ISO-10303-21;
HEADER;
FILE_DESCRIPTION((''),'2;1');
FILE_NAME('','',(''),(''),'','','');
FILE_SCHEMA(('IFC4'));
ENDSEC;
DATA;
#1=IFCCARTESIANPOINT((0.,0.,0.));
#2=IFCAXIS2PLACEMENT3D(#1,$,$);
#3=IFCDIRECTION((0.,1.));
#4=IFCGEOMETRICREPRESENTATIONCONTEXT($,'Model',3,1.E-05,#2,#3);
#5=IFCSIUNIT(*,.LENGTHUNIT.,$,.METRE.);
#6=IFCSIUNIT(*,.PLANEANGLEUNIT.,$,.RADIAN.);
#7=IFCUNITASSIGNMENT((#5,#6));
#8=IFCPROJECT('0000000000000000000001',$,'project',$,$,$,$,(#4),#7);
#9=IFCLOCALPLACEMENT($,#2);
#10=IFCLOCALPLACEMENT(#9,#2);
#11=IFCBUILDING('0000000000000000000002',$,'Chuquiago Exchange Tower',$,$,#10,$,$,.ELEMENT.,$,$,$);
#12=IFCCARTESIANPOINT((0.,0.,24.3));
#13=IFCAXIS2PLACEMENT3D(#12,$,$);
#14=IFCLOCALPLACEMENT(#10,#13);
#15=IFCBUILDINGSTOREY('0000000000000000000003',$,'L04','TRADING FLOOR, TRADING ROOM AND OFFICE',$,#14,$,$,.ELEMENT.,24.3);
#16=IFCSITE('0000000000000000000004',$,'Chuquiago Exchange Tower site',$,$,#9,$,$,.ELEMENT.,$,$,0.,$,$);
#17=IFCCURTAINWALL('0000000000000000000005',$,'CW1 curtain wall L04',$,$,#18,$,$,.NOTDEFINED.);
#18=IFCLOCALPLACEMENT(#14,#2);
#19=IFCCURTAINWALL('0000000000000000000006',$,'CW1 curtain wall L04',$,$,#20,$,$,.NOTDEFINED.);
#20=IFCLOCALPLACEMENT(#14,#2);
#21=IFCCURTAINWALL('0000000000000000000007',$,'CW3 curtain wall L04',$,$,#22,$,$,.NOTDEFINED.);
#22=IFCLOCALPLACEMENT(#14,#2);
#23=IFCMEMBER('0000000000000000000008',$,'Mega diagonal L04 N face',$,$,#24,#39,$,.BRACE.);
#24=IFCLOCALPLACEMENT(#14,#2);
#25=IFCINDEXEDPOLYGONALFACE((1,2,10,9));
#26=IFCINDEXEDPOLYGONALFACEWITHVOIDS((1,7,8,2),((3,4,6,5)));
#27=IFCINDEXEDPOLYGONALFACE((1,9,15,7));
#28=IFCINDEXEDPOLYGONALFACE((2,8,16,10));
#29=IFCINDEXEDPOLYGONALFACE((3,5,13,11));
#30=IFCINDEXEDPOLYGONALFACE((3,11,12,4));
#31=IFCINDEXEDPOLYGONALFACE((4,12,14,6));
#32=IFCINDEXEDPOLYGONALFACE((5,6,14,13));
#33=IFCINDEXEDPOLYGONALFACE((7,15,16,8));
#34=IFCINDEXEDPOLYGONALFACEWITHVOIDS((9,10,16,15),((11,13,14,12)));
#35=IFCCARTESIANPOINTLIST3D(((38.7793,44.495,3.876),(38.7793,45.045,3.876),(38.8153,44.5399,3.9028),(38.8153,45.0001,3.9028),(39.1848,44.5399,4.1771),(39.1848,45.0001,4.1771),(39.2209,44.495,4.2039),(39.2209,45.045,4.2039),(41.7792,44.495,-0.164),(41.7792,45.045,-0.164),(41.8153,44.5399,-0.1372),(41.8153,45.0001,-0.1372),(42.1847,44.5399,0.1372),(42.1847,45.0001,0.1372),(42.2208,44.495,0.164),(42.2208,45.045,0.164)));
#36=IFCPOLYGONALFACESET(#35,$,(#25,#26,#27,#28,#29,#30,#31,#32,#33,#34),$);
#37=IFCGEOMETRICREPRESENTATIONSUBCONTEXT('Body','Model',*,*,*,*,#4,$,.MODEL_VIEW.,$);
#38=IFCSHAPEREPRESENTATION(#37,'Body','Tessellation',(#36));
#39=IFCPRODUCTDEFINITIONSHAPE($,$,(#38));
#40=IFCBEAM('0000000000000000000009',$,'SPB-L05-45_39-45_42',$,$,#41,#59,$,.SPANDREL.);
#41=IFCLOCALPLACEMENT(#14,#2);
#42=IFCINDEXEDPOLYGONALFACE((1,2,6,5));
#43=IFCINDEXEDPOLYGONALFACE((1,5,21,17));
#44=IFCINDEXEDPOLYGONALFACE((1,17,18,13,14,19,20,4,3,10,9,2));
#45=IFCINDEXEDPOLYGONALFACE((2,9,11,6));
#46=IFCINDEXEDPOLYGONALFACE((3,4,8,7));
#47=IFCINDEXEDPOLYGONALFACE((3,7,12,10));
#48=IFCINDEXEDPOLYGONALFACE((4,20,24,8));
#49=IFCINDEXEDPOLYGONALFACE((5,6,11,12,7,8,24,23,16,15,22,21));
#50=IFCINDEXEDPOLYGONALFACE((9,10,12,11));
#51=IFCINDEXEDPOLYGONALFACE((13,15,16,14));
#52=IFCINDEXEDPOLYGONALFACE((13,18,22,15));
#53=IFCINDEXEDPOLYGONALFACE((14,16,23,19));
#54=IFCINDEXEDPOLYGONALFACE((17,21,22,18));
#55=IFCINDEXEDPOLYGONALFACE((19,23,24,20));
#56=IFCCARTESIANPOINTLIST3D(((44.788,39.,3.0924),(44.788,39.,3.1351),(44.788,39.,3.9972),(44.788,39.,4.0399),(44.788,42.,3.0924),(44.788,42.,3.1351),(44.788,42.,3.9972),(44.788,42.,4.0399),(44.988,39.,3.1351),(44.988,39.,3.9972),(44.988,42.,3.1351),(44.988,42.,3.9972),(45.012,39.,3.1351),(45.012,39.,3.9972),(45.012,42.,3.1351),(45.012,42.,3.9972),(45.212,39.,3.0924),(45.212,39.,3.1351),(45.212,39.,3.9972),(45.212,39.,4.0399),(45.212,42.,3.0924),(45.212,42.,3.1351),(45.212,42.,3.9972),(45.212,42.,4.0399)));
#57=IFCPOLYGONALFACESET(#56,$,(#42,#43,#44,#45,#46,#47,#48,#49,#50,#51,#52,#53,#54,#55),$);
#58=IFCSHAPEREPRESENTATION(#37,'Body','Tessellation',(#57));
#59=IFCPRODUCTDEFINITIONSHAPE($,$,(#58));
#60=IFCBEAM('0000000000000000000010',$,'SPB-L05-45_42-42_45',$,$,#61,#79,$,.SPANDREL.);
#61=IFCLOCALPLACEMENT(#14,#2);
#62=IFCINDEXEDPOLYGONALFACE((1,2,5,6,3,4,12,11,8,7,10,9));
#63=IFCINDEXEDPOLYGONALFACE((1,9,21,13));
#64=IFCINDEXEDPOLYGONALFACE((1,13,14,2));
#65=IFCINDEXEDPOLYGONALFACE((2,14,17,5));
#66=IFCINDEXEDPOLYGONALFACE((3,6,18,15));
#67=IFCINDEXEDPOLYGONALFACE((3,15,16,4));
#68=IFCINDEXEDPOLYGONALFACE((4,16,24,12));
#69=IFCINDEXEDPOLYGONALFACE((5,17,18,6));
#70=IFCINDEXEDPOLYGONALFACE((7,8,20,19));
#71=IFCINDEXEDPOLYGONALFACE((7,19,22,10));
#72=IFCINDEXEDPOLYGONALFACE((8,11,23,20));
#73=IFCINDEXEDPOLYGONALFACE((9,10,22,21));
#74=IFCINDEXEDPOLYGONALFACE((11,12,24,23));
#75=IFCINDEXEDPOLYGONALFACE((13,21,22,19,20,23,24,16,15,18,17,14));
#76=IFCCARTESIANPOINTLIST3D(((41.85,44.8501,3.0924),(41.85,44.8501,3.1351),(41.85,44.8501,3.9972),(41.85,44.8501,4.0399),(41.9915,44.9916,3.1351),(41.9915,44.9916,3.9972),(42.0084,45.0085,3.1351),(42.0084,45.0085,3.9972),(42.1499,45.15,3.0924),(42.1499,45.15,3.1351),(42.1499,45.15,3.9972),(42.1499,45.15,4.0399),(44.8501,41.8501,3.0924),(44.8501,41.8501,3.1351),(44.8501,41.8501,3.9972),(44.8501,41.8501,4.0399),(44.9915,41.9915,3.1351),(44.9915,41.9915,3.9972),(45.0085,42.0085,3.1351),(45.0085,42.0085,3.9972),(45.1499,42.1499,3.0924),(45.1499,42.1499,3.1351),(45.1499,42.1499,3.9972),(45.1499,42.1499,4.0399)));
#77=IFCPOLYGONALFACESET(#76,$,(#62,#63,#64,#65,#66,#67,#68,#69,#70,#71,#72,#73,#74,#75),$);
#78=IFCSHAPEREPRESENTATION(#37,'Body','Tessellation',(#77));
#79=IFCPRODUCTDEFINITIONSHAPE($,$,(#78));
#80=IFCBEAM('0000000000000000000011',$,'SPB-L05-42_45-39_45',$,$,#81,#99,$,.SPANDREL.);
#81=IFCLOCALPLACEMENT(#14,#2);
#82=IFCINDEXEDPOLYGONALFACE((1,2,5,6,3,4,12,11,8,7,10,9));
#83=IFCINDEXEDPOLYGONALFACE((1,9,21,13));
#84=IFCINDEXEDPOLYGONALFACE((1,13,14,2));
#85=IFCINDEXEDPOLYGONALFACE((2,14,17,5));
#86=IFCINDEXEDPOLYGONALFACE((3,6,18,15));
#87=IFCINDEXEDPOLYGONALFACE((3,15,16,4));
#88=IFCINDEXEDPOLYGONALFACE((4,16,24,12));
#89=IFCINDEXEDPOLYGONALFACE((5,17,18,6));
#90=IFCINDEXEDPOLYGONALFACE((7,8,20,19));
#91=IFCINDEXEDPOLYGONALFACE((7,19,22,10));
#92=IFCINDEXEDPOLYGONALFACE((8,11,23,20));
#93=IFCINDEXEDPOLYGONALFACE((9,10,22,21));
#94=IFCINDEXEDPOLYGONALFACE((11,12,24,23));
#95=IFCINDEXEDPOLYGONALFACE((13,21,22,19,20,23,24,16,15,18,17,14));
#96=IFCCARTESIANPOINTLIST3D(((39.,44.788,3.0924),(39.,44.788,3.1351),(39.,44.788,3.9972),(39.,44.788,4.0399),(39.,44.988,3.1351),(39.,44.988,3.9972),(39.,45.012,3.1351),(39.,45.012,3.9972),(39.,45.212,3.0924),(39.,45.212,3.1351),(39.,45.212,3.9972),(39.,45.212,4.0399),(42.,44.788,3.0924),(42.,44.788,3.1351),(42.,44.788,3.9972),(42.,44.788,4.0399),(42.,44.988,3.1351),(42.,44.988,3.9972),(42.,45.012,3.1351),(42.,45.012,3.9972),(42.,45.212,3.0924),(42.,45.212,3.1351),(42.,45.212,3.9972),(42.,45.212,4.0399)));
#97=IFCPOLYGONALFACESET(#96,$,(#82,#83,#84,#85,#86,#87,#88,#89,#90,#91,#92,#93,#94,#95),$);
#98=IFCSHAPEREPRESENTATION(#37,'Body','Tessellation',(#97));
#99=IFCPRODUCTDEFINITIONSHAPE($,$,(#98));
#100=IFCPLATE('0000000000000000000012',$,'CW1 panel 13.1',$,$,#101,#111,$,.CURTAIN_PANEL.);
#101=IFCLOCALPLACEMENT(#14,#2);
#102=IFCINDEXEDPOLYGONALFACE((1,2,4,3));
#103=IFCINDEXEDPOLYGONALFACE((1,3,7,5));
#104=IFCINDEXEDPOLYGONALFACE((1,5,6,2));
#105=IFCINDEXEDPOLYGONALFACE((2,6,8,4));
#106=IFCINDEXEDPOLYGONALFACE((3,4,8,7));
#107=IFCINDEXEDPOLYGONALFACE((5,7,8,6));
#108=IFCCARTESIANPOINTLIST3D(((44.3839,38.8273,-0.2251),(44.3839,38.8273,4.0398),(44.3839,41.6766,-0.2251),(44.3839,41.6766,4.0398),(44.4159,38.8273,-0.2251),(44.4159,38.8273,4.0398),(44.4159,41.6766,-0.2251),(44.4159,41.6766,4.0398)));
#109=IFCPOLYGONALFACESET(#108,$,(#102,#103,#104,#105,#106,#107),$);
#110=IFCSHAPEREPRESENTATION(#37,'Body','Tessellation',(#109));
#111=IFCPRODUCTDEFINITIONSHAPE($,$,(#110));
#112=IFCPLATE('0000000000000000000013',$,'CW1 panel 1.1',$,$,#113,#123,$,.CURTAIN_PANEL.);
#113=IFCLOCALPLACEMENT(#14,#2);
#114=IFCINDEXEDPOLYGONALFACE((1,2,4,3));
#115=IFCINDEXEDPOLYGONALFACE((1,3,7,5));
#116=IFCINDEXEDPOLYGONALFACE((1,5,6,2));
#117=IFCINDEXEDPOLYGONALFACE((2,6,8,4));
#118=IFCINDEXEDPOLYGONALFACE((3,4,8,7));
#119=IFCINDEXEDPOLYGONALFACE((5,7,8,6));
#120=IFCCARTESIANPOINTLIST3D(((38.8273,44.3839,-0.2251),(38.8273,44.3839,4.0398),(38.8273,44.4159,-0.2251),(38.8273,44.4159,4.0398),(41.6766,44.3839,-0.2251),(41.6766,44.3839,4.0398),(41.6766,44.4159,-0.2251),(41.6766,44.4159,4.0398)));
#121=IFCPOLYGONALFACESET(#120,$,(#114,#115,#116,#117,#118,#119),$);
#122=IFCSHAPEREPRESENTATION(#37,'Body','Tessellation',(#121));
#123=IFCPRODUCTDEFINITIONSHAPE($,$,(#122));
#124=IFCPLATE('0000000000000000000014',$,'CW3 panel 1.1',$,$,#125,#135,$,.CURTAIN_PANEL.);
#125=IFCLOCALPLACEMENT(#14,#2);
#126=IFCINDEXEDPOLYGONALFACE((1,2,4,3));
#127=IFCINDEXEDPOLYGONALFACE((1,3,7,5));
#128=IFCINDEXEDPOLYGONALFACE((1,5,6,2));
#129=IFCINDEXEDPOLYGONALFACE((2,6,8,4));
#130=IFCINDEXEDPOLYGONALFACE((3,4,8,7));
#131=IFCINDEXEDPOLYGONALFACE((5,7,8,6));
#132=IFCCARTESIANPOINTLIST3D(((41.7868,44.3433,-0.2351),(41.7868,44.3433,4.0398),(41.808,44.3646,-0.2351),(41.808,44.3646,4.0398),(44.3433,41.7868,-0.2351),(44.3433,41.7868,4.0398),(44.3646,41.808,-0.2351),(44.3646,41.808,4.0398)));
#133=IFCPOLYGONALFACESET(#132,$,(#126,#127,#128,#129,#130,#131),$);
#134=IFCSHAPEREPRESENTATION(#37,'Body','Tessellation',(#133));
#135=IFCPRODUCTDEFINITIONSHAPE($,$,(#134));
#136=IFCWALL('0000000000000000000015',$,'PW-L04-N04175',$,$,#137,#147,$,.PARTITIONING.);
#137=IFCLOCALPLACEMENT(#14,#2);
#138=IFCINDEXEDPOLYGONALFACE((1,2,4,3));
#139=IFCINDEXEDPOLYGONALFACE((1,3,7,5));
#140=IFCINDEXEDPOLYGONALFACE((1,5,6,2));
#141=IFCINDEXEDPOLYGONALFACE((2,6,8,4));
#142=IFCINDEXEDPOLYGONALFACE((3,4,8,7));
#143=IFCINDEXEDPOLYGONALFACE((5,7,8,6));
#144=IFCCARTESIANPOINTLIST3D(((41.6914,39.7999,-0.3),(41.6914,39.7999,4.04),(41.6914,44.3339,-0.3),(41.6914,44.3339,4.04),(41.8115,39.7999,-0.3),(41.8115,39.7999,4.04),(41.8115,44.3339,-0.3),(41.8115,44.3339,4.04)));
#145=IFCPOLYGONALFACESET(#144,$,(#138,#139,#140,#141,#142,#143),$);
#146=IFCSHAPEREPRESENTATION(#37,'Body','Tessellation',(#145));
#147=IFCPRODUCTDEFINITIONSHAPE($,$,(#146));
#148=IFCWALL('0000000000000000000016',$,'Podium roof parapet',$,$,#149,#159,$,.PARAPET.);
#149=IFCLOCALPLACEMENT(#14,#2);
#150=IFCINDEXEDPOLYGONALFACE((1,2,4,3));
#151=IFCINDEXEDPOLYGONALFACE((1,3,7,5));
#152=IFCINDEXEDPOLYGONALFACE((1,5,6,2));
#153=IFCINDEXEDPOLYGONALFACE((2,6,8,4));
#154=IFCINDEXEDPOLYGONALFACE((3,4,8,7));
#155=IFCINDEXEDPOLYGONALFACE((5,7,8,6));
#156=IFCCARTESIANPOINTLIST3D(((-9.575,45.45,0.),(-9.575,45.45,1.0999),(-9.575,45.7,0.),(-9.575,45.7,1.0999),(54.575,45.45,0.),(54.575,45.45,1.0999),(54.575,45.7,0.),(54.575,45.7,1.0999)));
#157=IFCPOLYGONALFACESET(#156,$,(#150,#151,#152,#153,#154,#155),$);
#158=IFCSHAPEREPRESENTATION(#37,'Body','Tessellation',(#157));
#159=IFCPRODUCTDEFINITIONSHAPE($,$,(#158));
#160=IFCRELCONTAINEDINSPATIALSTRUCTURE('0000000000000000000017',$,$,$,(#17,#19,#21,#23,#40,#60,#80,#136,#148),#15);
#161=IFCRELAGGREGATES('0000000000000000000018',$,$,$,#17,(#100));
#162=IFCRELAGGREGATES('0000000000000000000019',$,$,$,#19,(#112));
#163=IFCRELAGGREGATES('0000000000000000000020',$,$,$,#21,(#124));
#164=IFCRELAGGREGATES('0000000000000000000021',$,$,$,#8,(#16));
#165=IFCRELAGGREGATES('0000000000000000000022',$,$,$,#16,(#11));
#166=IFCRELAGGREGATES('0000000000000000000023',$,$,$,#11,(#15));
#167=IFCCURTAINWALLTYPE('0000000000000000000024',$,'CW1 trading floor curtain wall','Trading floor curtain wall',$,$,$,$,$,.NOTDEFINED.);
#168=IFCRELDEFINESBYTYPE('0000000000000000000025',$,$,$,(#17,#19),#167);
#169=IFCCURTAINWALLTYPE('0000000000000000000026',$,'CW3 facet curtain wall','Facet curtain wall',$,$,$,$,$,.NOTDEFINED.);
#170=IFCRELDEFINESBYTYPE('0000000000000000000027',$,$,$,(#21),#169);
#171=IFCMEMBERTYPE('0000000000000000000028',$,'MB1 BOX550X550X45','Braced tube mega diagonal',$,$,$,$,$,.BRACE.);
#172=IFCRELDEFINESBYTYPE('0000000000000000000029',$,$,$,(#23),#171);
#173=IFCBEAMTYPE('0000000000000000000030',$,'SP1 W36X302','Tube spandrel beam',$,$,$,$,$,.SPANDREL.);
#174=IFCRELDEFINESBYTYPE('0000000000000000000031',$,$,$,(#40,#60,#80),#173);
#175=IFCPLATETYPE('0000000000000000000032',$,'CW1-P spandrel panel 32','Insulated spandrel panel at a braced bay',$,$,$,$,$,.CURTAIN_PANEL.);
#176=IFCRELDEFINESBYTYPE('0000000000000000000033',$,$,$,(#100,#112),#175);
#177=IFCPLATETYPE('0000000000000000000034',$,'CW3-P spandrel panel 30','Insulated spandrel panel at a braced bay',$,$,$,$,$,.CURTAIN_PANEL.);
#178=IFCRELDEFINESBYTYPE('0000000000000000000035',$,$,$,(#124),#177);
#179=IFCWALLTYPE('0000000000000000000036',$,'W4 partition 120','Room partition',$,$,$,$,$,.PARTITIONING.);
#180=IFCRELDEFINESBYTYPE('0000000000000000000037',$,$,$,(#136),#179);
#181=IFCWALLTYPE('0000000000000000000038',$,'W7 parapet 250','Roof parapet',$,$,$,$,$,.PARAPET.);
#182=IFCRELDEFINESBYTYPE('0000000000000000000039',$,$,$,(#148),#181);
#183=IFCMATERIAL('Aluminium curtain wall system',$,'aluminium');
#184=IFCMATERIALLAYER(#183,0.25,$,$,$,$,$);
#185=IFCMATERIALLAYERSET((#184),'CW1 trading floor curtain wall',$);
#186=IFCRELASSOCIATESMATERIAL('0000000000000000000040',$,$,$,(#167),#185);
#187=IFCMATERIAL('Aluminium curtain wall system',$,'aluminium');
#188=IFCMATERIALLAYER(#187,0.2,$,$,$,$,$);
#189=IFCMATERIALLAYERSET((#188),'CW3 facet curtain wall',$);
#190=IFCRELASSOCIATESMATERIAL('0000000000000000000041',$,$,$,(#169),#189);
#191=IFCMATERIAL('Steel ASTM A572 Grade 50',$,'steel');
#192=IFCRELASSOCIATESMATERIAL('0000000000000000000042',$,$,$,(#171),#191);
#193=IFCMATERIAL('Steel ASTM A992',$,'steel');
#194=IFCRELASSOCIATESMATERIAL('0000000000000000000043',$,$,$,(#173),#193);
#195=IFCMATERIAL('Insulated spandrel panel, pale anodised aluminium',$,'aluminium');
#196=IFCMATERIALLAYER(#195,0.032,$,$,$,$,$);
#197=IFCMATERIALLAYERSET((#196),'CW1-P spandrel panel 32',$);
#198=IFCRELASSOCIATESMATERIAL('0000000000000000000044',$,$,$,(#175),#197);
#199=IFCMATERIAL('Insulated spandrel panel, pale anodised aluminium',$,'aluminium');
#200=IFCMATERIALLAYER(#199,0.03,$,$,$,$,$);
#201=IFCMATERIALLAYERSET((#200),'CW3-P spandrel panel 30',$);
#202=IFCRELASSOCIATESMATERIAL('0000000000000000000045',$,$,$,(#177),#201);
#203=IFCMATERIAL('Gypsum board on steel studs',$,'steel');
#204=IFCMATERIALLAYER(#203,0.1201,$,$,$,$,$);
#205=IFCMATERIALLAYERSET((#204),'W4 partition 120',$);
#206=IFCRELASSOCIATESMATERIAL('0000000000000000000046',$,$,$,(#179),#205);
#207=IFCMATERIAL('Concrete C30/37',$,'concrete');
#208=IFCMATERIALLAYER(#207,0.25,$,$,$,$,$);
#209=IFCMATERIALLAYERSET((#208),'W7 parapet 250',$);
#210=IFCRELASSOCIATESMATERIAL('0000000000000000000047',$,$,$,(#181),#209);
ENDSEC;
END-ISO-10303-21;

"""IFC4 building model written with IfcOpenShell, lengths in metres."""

from ifc_helpers import new_model, si_unit, direction, frame, frame_2d, origin, origin_2d, place, context, subcontext, project, spatial, rectangle, hollow_rectangle, i_section, extrude, material, layer, layer_set, material_profile, profile_set, type_object, element, aggregate, save


model = new_model("IFC4")

# Units and contexts
model_context = context("Model", 3, precision=1e-05, world=origin(), true_north=direction((0.0, 1.0)))
body_context = subcontext(model_context, "Body", "Model", "MODEL_VIEW")
ifc_project = project(units=[si_unit("LENGTHUNIT", "METRE"), si_unit("PLANEANGLEUNIT", "RADIAN")], contexts=[model_context])

# Site, building, storey
site_placement = place(None, origin())
site = spatial("IfcSite", under=ifc_project, at=site_placement, Name="Chuquiago Exchange Tower site", CompositionType="ELEMENT", RefElevation=0.0)
building_placement = place(site_placement, origin())
building = spatial("IfcBuilding", under=site, at=building_placement, Name="Chuquiago Exchange Tower", CompositionType="ELEMENT")
storey_placement = place(building_placement, frame((0.0, 0.0, 24.3)))
storey = spatial("IfcBuildingStorey", under=building, at=storey_placement, Name="L04", Description="TRADING FLOOR, TRADING ROOM AND OFFICE", CompositionType="ELEMENT", Elevation=24.3)

# Curtain wall
ifc_material_1 = material(Name="Aluminium curtain wall system", Category="aluminium")
ifc_layer_1 = layer(ifc_material_1, 0.25)
ifc_layer_set_1 = layer_set([ifc_layer_1], Name="CW1 trading floor curtain wall")
curtain_wall_type_1 = type_object("IfcCurtainWallType", Name="CW1 trading floor curtain wall", Description="Trading floor curtain wall", PredefinedType="NOTDEFINED", material=ifc_layer_set_1)
curtain_wall_1_placement = place(storey_placement, origin())
curtain_wall_1 = element("IfcCurtainWall", 1, at=curtain_wall_1_placement, inside=storey, type_object=curtain_wall_type_1, Name="CW1 curtain wall L04", PredefinedType="NOTDEFINED")

# Curtain walls
curtain_wall_2_placement = place(storey_placement, origin())
curtain_wall_2 = element("IfcCurtainWall", 2, at=curtain_wall_2_placement, inside=storey, type_object=curtain_wall_type_1, Name="CW1 curtain wall L04", PredefinedType="NOTDEFINED")
ifc_material_2 = material(Name="Aluminium curtain wall system", Category="aluminium")
ifc_layer_2 = layer(ifc_material_2, 0.2)
ifc_layer_set_2 = layer_set([ifc_layer_2], Name="CW3 facet curtain wall")
curtain_wall_type_2 = type_object("IfcCurtainWallType", Name="CW3 facet curtain wall", Description="Facet curtain wall", PredefinedType="NOTDEFINED", material=ifc_layer_set_2)
curtain_wall_3_placement = place(storey_placement, origin())
curtain_wall_3 = element("IfcCurtainWall", 3, at=curtain_wall_3_placement, inside=storey, type_object=curtain_wall_type_2, Name="CW3 curtain wall L04", PredefinedType="NOTDEFINED")

# Member
ifc_material_3 = material(Name="Steel ASTM A572 Grade 50", Category="steel")
ifc_material_profile_1 = material_profile(ifc_material_3, hollow_rectangle(XDim=0.55, YDim=0.55, WallThickness=0.0449, at=origin_2d()), Name="BOX550X550X45")
ifc_profile_set_1 = profile_set([ifc_material_profile_1], Name="Steel ASTM A572 Grade 50")
member_type_1 = type_object("IfcMemberType", Name="MB1 BOX550X550X45", Description="Braced tube mega diagonal", PredefinedType="BRACE", material=ifc_profile_set_1)
for number, where, z_axis, x_axis, name in (
    (4, (42.0, 44.77, 0.0), (-0.596174, 0.0, 0.802855), (0.0, -1.0, 0.0), "Mega diagonal L04 N face"),
):
    element("IfcMember", number, at=place(storey_placement, frame(where, z_axis=z_axis, x_axis=x_axis)), inside=storey, type_object=member_type_1, Name=name, PredefinedType="BRACE", context=body_context, shape_type="SweptSolid", body=[
        extrude(hollow_rectangle(XDim=0.55, YDim=0.55, WallThickness=0.0449, at=origin_2d()), origin(), (0.0, 0.0, 1.0), 5.032),
    ])

# Beams
ifc_material_4 = material(Name="Steel ASTM A992", Category="steel")
ifc_material_profile_2 = material_profile(ifc_material_4, i_section(OverallWidth=0.4241, OverallDepth=0.9475, WebThickness=0.0239, FlangeThickness=0.0427, at=origin_2d()), Name="W36X302")
ifc_profile_set_2 = profile_set([ifc_material_profile_2], Name="Steel ASTM A992")
beam_type = type_object("IfcBeamType", Name="SP1 W36X302", Description="Tube spandrel beam", PredefinedType="SPANDREL", material=ifc_profile_set_2)
beam_1_placement = place(storey_placement, frame((45.0, 39.0, 3.5662), z_axis=(0.0, 1.0, 0.0), x_axis=(-1.0, 0.0, 0.0)))
element("IfcBeam", 5, at=beam_1_placement, inside=storey, type_object=beam_type, Name="SPB-L05-45_39-45_42", PredefinedType="SPANDREL", context=body_context, shape_type="SweptSolid", body=[
    extrude(i_section(OverallWidth=0.4241, OverallDepth=0.9475, WebThickness=0.0239, FlangeThickness=0.0427, at=origin_2d()), origin(), (0.0, 0.0, 1.0), 3.0),
])
beam_2_placement = place(storey_placement, frame((45.0, 42.0, 3.5662), z_axis=(-0.707107, 0.707107, 0.0), x_axis=(-0.707107, -0.707107, 0.0)))
element("IfcBeam", 6, at=beam_2_placement, inside=storey, type_object=beam_type, Name="SPB-L05-45_42-42_45", PredefinedType="SPANDREL", context=body_context, shape_type="SweptSolid", body=[
    extrude(i_section(OverallWidth=0.4241, OverallDepth=0.9475, WebThickness=0.0239, FlangeThickness=0.0427, at=origin_2d()), origin(), (0.0, 0.0, 1.0), 4.2427),
])
beam_3_placement = place(storey_placement, frame((42.0, 45.0, 3.5662), z_axis=(-1.0, 0.0, 0.0), x_axis=(0.0, -1.0, 0.0)))
element("IfcBeam", 7, at=beam_3_placement, inside=storey, type_object=beam_type, Name="SPB-L05-42_45-39_45", PredefinedType="SPANDREL", context=body_context, shape_type="SweptSolid", body=[
    extrude(i_section(OverallWidth=0.4241, OverallDepth=0.9475, WebThickness=0.0239, FlangeThickness=0.0427, at=origin_2d()), origin(), (0.0, 0.0, 1.0), 3.0),
])

# Plates
ifc_material_5 = material(Name="Insulated spandrel panel, pale anodised aluminium", Category="aluminium")
ifc_layer_3 = layer(ifc_material_5, 0.032)
ifc_layer_set_3 = layer_set([ifc_layer_3], Name="CW1-P spandrel panel 32")
plate_type_1 = type_object("IfcPlateType", Name="CW1-P spandrel panel 32", Description="Insulated spandrel panel at a braced bay", PredefinedType="CURTAIN_PANEL", material=ifc_layer_set_3)
plate_1_placement = place(storey_placement, frame((44.3999, 40.252, -0.2251), z_axis=(0.0, 0.0, 1.0), x_axis=(0.0, 1.0, 0.0)))
plate_1 = element("IfcPlate", 8, at=plate_1_placement, type_object=plate_type_1, Name="CW1 panel 13.1", PredefinedType="CURTAIN_PANEL", context=body_context, shape_type="SweptSolid", body=[
    extrude(rectangle(XDim=2.8494, YDim=0.032, at=origin_2d()), origin(), (0.0, 0.0, 1.0), 4.2649),
])
aggregate(curtain_wall_1, [plate_1])
plate_2_placement = place(storey_placement, frame((40.252, 44.3999, -0.2251), z_axis=(0.0, 0.0, 1.0), x_axis=(-1.0, 0.0, 0.0)))
plate_2 = element("IfcPlate", 9, at=plate_2_placement, type_object=plate_type_1, Name="CW1 panel 1.1", PredefinedType="CURTAIN_PANEL", context=body_context, shape_type="SweptSolid", body=[
    extrude(rectangle(XDim=2.8494, YDim=0.032, at=origin_2d()), origin(), (0.0, 0.0, 1.0), 4.2649),
])
aggregate(curtain_wall_2, [plate_2])
ifc_material_6 = material(Name="Insulated spandrel panel, pale anodised aluminium", Category="aluminium")
ifc_layer_4 = layer(ifc_material_6, 0.03)
ifc_layer_set_4 = layer_set([ifc_layer_4], Name="CW3-P spandrel panel 30")
plate_type_2 = type_object("IfcPlateType", Name="CW3-P spandrel panel 30", Description="Insulated spandrel panel at a braced bay", PredefinedType="CURTAIN_PANEL", material=ifc_layer_set_4)
plate_3_placement = place(storey_placement, frame((43.0757, 43.0757, -0.2351), z_axis=(0.0, 0.0, 1.0), x_axis=(-0.707107, 0.707107, 0.0)))
plate_3 = element("IfcPlate", 10, at=plate_3_placement, type_object=plate_type_2, Name="CW3 panel 1.1", PredefinedType="CURTAIN_PANEL", context=body_context, shape_type="SweptSolid", body=[
    extrude(rectangle(XDim=3.6155, YDim=0.03, at=origin_2d()), origin(), (0.0, 0.0, 1.0), 4.2749),
])
aggregate(curtain_wall_3, [plate_3])

# Walls
ifc_material_7 = material(Name="Gypsum board on steel studs", Category="steel")
ifc_layer_5 = layer(ifc_material_7, 0.1201)
ifc_layer_set_5 = layer_set([ifc_layer_5], Name="W4 partition 120")
wall_type_1 = type_object("IfcWallType", Name="W4 partition 120", Description="Room partition", PredefinedType="PARTITIONING", material=ifc_layer_set_5)
wall_1_placement = place(storey_placement, frame((41.7515, 44.334, -0.3), z_axis=(0.0, 0.0, 1.0), x_axis=(0.0, -1.0, 0.0)))
element("IfcWall", 11, at=wall_1_placement, inside=storey, type_object=wall_type_1, Name="PW-L04-N04175", PredefinedType="PARTITIONING", context=body_context, shape_type="SweptSolid", body=[
    extrude(rectangle(XDim=4.5339, YDim=0.1201, at=frame_2d((2.2671, 0.0))), origin(), (0.0, 0.0, 1.0), 4.3401),
])
ifc_material_8 = material(Name="Concrete C30/37", Category="concrete")
ifc_layer_6 = layer(ifc_material_8, 0.25)
ifc_layer_set_6 = layer_set([ifc_layer_6], Name="W7 parapet 250")
wall_type_2 = type_object("IfcWallType", Name="W7 parapet 250", Description="Roof parapet", PredefinedType="PARAPET", material=ifc_layer_set_6)
wall_2_placement = place(storey_placement, frame((54.575, 45.575, 0.0), z_axis=(0.0, 0.0, 1.0), x_axis=(-1.0, 0.0, 0.0)))
element("IfcWall", 12, at=wall_2_placement, inside=storey, type_object=wall_type_2, Name="Podium roof parapet", PredefinedType="PARAPET", context=body_context, shape_type="SweptSolid", body=[
    extrude(rectangle(XDim=64.1499, YDim=0.25, at=frame_2d((32.075, 0.0))), origin(), (0.0, 0.0, 1.0), 1.0999),
])

save(model, "model.ifc")
